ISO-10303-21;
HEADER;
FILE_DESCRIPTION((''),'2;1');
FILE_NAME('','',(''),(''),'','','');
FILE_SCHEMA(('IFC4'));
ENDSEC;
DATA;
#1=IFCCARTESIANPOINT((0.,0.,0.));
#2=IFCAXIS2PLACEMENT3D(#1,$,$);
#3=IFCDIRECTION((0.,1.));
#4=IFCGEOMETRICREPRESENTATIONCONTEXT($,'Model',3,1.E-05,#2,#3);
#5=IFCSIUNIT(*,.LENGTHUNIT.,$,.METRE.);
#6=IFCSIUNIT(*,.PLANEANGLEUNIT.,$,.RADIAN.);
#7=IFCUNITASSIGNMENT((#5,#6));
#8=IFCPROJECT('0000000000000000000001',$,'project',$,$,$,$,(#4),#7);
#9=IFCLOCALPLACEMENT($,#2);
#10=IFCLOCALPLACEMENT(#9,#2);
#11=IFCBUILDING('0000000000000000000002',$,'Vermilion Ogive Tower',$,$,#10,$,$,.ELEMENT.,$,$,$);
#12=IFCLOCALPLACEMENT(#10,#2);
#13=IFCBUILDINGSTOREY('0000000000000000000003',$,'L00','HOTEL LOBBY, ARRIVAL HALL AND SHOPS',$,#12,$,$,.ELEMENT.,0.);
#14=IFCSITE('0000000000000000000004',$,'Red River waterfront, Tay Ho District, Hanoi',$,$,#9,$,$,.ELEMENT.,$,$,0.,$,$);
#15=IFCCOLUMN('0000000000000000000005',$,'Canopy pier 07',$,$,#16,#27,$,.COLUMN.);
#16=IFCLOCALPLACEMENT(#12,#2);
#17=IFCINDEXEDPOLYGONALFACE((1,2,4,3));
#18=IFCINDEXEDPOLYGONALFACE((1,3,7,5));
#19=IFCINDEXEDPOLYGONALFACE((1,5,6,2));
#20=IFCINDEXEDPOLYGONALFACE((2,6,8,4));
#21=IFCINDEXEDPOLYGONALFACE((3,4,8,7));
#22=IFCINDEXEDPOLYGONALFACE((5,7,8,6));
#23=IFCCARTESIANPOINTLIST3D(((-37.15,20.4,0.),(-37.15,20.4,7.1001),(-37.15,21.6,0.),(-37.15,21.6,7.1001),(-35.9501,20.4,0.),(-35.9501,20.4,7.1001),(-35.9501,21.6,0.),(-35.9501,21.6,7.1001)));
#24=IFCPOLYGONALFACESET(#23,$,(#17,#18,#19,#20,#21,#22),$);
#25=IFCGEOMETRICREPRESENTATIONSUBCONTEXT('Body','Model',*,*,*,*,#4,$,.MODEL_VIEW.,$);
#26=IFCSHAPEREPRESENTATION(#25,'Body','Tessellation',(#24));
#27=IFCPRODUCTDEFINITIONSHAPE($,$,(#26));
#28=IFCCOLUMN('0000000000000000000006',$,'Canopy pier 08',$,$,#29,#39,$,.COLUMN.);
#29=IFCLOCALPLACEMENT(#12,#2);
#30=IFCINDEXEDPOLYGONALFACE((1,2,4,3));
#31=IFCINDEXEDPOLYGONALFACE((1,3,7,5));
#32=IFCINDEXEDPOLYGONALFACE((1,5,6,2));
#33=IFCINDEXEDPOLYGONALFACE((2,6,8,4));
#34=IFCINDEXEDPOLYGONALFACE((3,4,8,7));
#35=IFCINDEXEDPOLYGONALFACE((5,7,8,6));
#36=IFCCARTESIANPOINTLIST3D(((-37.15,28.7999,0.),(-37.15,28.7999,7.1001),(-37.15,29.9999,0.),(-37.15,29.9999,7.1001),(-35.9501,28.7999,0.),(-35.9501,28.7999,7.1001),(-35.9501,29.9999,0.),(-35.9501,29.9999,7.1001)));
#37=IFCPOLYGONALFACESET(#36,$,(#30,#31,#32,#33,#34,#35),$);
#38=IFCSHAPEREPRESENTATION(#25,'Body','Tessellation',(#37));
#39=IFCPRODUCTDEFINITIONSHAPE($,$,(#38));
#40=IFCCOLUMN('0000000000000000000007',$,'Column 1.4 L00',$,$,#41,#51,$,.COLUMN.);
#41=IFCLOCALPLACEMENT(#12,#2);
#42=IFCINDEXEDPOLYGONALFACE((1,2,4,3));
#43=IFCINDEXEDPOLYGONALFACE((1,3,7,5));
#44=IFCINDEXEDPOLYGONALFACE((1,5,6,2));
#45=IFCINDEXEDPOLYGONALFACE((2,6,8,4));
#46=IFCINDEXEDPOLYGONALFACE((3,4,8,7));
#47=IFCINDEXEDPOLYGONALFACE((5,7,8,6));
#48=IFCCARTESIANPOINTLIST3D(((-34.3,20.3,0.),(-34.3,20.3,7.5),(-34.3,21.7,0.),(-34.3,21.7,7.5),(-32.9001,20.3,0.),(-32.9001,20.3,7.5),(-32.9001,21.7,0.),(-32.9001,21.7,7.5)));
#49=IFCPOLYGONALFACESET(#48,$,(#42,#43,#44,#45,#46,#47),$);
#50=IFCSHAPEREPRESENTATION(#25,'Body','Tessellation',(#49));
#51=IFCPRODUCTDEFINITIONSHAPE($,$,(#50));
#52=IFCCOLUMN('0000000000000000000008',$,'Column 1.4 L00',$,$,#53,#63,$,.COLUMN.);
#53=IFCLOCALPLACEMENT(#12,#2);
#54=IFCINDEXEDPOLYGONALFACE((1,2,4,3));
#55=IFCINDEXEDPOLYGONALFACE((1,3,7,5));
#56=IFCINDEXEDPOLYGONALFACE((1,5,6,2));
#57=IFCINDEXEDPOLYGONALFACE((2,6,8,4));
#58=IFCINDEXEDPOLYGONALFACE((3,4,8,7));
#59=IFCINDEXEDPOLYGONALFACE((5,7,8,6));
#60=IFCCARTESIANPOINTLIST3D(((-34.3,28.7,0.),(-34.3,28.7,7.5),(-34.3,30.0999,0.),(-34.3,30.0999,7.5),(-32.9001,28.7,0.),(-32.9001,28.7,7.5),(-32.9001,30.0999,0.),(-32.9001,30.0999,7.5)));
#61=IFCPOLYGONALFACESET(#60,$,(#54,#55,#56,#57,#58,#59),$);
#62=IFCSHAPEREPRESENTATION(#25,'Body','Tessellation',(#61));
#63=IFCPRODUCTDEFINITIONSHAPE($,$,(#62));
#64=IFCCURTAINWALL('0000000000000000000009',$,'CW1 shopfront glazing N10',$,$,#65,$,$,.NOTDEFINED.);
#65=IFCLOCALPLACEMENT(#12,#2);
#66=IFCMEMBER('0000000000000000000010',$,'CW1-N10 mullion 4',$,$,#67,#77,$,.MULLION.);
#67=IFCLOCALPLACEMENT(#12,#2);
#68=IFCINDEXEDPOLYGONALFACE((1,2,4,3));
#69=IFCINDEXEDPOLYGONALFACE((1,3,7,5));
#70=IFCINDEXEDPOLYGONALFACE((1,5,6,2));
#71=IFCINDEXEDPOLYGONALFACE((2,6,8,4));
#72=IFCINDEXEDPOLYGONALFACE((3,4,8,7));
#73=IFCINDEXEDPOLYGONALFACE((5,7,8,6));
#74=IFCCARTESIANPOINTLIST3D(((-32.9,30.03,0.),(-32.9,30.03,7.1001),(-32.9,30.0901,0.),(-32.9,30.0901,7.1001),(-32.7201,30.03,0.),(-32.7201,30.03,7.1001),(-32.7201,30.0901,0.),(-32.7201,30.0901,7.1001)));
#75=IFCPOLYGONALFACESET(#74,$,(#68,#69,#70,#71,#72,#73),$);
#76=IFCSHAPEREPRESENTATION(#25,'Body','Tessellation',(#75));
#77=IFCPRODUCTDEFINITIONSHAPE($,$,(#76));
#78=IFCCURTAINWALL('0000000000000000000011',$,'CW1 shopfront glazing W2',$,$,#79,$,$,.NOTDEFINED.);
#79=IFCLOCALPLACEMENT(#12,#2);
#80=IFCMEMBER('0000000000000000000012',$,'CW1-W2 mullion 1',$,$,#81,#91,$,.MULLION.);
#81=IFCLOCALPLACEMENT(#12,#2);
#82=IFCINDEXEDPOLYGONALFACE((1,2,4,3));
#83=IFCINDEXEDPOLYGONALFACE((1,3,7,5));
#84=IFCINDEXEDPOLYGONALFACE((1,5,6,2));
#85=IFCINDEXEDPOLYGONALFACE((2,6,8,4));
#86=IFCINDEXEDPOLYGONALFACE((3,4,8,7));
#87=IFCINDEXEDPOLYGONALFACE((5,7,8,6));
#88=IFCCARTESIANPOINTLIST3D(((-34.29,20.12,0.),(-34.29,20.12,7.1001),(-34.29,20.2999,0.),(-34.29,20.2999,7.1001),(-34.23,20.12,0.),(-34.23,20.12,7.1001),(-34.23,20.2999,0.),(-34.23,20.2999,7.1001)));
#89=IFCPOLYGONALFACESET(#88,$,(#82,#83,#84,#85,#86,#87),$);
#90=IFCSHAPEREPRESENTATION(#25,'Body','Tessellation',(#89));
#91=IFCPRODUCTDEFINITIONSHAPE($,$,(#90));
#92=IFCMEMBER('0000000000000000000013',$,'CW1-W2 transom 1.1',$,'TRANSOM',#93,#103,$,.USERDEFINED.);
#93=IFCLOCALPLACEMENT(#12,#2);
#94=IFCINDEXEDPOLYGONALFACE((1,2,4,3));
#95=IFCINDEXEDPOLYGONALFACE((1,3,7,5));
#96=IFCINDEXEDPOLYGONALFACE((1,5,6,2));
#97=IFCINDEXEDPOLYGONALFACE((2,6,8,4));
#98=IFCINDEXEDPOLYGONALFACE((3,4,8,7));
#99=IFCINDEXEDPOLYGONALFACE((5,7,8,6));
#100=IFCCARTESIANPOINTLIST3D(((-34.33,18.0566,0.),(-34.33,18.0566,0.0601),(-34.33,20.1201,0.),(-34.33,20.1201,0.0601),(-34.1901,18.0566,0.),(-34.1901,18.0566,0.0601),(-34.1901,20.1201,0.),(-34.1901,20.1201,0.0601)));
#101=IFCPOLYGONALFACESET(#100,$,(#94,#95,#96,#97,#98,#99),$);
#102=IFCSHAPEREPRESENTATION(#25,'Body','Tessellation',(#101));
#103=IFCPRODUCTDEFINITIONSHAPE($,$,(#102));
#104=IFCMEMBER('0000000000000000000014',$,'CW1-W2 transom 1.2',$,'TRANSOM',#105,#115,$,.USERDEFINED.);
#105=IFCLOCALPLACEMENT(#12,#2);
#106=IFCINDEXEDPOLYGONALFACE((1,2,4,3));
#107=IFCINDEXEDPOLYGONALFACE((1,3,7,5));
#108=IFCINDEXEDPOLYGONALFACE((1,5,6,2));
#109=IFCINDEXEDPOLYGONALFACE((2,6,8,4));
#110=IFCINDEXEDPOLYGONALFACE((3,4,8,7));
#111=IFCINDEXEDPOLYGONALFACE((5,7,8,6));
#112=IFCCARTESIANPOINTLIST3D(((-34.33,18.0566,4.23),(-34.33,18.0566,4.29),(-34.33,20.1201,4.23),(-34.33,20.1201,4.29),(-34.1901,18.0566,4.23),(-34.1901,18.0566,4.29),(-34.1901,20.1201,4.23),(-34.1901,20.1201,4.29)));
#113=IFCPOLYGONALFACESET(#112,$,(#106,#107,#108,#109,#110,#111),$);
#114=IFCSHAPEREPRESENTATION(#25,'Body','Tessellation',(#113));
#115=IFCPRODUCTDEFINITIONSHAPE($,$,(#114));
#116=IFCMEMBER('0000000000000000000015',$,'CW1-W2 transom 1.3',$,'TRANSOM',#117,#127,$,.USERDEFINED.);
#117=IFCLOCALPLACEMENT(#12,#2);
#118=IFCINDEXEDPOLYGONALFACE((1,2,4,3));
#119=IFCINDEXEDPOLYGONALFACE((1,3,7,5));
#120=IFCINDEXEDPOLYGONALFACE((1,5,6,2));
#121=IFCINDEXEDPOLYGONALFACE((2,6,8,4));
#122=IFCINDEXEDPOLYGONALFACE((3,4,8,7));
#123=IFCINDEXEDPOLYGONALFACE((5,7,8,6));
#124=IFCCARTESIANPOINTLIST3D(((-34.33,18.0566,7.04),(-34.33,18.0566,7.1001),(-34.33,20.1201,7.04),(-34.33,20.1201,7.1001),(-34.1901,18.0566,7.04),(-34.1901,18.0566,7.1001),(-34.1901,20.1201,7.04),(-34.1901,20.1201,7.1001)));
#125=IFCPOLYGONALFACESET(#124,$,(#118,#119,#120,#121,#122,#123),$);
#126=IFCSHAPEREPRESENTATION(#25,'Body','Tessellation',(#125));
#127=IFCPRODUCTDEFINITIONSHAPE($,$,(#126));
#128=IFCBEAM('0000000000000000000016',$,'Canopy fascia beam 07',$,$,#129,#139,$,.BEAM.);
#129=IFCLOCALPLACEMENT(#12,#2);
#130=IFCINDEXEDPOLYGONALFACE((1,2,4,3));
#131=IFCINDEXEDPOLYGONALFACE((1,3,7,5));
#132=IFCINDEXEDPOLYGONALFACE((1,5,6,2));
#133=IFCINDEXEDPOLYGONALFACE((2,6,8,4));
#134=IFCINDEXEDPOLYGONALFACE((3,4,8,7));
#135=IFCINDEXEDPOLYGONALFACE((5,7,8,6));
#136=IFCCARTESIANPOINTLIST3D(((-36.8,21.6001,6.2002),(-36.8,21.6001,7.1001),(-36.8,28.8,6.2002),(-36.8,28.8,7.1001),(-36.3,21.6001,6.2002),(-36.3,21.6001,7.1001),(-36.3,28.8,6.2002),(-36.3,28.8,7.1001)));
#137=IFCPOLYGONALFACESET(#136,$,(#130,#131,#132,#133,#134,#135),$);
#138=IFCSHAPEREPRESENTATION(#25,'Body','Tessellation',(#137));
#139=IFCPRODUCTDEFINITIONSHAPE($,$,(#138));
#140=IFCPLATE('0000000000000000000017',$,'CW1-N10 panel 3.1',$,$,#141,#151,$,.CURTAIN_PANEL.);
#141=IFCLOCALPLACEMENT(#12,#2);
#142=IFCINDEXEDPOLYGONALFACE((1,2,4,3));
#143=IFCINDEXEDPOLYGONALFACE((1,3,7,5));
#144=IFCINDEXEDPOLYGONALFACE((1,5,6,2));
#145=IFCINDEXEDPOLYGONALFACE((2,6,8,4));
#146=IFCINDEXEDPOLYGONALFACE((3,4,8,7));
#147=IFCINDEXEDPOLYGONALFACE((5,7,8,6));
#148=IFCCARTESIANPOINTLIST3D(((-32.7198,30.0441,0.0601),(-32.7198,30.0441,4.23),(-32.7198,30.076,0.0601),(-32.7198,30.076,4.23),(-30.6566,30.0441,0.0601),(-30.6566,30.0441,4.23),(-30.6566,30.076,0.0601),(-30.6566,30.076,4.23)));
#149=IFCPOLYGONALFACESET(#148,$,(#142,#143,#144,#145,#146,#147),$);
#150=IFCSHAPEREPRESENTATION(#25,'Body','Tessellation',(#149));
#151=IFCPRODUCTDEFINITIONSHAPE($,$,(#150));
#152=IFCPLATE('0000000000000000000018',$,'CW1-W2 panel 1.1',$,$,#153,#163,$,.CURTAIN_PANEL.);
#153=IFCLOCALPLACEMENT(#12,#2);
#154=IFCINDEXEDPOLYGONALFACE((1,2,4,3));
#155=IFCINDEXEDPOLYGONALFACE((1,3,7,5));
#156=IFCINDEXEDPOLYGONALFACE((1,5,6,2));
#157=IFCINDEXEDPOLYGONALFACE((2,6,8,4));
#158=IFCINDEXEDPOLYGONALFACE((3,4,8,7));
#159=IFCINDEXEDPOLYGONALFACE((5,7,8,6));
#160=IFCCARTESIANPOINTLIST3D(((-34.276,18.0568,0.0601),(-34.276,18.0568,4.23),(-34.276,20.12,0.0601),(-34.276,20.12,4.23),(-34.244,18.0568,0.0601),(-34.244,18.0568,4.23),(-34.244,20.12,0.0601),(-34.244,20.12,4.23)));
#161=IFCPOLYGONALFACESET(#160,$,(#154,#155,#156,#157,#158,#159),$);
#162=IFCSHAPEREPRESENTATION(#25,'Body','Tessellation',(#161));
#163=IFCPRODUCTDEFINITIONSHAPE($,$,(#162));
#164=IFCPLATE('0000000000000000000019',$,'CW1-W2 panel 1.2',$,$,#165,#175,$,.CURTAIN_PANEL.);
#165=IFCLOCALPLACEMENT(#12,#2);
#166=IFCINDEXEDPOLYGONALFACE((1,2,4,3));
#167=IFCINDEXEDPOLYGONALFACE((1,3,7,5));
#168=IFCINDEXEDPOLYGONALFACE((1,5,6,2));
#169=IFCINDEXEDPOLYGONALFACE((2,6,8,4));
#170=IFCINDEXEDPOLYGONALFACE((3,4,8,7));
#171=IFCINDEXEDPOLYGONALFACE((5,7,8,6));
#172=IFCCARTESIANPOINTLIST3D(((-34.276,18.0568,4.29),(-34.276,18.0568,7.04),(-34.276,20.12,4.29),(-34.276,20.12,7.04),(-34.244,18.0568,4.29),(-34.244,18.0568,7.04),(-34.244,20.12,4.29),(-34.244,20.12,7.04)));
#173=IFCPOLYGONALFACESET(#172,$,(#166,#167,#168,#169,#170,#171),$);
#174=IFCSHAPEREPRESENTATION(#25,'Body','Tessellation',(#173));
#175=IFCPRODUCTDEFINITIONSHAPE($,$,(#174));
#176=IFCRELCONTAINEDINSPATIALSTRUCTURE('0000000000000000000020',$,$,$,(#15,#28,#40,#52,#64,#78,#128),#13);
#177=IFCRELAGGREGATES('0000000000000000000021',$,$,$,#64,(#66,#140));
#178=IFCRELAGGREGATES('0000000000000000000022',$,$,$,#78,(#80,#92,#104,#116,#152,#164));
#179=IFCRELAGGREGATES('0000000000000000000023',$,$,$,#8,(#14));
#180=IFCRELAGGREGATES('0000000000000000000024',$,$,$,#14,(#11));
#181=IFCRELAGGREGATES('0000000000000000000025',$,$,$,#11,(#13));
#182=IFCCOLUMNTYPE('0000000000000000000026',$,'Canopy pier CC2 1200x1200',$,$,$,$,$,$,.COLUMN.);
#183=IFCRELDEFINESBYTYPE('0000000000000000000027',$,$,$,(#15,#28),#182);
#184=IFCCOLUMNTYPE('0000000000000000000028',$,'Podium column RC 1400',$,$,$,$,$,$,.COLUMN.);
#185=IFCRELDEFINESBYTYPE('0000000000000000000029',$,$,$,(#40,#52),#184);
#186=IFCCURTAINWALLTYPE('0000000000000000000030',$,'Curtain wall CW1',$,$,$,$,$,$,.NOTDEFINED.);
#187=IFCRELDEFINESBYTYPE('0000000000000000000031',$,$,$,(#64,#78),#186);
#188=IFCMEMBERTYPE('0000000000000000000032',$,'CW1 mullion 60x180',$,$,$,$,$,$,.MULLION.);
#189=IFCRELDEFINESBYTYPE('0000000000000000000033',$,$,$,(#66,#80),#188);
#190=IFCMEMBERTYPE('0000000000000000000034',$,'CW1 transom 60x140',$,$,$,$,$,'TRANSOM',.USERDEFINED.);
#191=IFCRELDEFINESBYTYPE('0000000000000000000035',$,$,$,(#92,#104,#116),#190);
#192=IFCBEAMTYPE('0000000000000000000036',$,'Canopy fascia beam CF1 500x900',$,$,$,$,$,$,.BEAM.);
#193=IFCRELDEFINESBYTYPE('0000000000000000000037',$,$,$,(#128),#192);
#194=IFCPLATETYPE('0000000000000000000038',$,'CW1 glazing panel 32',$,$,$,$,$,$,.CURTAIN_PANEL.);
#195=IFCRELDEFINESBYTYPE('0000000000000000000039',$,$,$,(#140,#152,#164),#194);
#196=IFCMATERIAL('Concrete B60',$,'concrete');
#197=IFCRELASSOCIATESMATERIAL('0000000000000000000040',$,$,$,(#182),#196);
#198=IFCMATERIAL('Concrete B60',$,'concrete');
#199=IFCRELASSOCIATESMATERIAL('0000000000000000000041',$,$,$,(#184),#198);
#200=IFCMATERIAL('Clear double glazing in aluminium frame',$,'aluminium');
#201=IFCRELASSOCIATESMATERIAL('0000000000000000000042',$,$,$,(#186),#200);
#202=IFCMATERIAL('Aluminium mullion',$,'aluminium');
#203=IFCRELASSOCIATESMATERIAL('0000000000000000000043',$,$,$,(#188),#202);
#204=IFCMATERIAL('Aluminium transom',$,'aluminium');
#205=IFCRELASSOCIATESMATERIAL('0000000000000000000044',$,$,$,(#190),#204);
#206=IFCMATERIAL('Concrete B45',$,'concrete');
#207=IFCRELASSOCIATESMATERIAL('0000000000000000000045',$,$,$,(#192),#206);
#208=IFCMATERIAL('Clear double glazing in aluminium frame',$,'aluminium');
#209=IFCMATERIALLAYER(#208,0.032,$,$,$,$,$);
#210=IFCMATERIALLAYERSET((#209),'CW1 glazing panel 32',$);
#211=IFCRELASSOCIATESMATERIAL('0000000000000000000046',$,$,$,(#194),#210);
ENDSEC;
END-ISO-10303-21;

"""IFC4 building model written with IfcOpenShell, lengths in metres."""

from ifc_helpers import new_model, si_unit, direction, frame, origin, origin_2d, place, context, subcontext, project, spatial, rectangle, extrude, material, layer, layer_set, material_profile, profile_set, type_object, element, aggregate, save


model = new_model("IFC4")

# Units and contexts
model_context = context("Model", 3, precision=1e-05, world=origin(), true_north=direction((0.0, 1.0)))
body_context = subcontext(model_context, "Body", "Model", "MODEL_VIEW")
ifc_project = project(units=[si_unit("LENGTHUNIT", "METRE"), si_unit("PLANEANGLEUNIT", "RADIAN")], contexts=[model_context])

# Site, building, storey
site_placement = place(None, origin())
site = spatial("IfcSite", under=ifc_project, at=site_placement, Name="Red River waterfront, Tay Ho District, Hanoi", CompositionType="ELEMENT", RefElevation=0.0)
building_placement = place(site_placement, origin())
building = spatial("IfcBuilding", under=site, at=building_placement, Name="Vermilion Ogive Tower", CompositionType="ELEMENT")
storey_placement = place(building_placement, origin())
storey = spatial("IfcBuildingStorey", under=building, at=storey_placement, Name="L00", Description="HOTEL LOBBY, ARRIVAL HALL AND SHOPS", CompositionType="ELEMENT", Elevation=0.0)

# Columns
ifc_material_1 = material(Name="Concrete B60", Category="concrete")
ifc_material_profile_1 = material_profile(ifc_material_1, rectangle(XDim=1.2, YDim=1.2, at=origin_2d()), Name="RC 1200x1200")
ifc_profile_set_1 = profile_set([ifc_material_profile_1], Name="Concrete B60")
column_type_1 = type_object("IfcColumnType", Name="Canopy pier CC2 1200x1200", PredefinedType="COLUMN", material=ifc_profile_set_1)
for number, where, z_axis, x_axis, name in (
    (1, (-36.55, 21.0, 0.0), (0.0, 0.0, 1.0), (1.0, 0.0, 0.0), "Canopy pier 07"),
    (2, (-36.55, 29.3999, 0.0), (0.0, 0.0, 1.0), (1.0, 0.0, 0.0), "Canopy pier 08"),
):
    element("IfcColumn", number, at=place(storey_placement, frame(where, z_axis=z_axis, x_axis=x_axis)), inside=storey, type_object=column_type_1, Name=name, PredefinedType="COLUMN", context=body_context, shape_type="SweptSolid", body=[
        extrude(rectangle(XDim=1.2, YDim=1.2, at=origin_2d()), origin(), (0.0, 0.0, 1.0), 7.1001),
    ])
ifc_material_2 = material(Name="Concrete B60", Category="concrete")
ifc_material_profile_2 = material_profile(ifc_material_2, rectangle(XDim=1.3999, YDim=1.3999, at=origin_2d()), Name="RC 1400x1400")
ifc_profile_set_2 = profile_set([ifc_material_profile_2], Name="Concrete B60")
column_type_2 = type_object("IfcColumnType", Name="Podium column RC 1400", PredefinedType="COLUMN", material=ifc_profile_set_2)
for number, where, z_axis, x_axis, name in (
    (3, (-33.6001, 21.0, 0.0), (0.0, 0.0, 1.0), (1.0, 0.0, 0.0), "Column 1.4 L00"),
    (4, (-33.6001, 29.3999, 0.0), (0.0, 0.0, 1.0), (1.0, 0.0, 0.0), "Column 1.4 L00"),
):
    element("IfcColumn", number, at=place(storey_placement, frame(where, z_axis=z_axis, x_axis=x_axis)), inside=storey, type_object=column_type_2, Name=name, PredefinedType="COLUMN", context=body_context, shape_type="SweptSolid", body=[
        extrude(rectangle(XDim=1.3999, YDim=1.3999, at=origin_2d()), origin(), (0.0, 0.0, 1.0), 7.5),
    ])

# Curtain wall, member
ifc_material_3 = material(Name="Clear double glazing in aluminium frame", Category="aluminium")
curtain_wall_type = type_object("IfcCurtainWallType", Name="Curtain wall CW1", PredefinedType="NOTDEFINED", material=ifc_material_3)
curtain_wall_1_placement = place(storey_placement, origin())
curtain_wall_1 = element("IfcCurtainWall", 5, at=curtain_wall_1_placement, inside=storey, type_object=curtain_wall_type, Name="CW1 shopfront glazing N10", PredefinedType="NOTDEFINED")
ifc_material_4 = material(Name="Aluminium mullion", Category="aluminium")
ifc_material_profile_3 = material_profile(ifc_material_4, rectangle(XDim=0.0601, YDim=0.1799, at=origin_2d()), Name="AL 60x180")
ifc_profile_set_3 = profile_set([ifc_material_profile_3], Name="Aluminium mullion")
member_type_1 = type_object("IfcMemberType", Name="CW1 mullion 60x180", PredefinedType="MULLION", material=ifc_profile_set_3)
member_1_placement = place(storey_placement, frame((-32.8101, 30.0601, 0.0), z_axis=(0.0, 0.0, 1.0), x_axis=(0.0, -1.0, 0.0)))
member_1 = element("IfcMember", 6, at=member_1_placement, type_object=member_type_1, Name="CW1-N10 mullion 4", PredefinedType="MULLION", context=body_context, shape_type="SweptSolid", body=[
    extrude(rectangle(XDim=0.0601, YDim=0.1799, at=origin_2d()), origin(), (0.0, 0.0, 1.0), 7.1001),
])

# Curtain wall, members
curtain_wall_2_placement = place(storey_placement, origin())
curtain_wall_2 = element("IfcCurtainWall", 7, at=curtain_wall_2_placement, inside=storey, type_object=curtain_wall_type, Name="CW1 shopfront glazing W2", PredefinedType="NOTDEFINED")
member_2_placement = place(storey_placement, frame((-34.26, 20.21, 0.0), z_axis=(0.0, 0.0, 1.0), x_axis=(1.0, 0.0, 0.0)))
member_2 = element("IfcMember", 8, at=member_2_placement, type_object=member_type_1, Name="CW1-W2 mullion 1", PredefinedType="MULLION", context=body_context, shape_type="SweptSolid", body=[
    extrude(rectangle(XDim=0.0601, YDim=0.1799, at=origin_2d()), origin(), (0.0, 0.0, 1.0), 7.1001),
])
ifc_material_5 = material(Name="Aluminium transom", Category="aluminium")
ifc_material_profile_4 = material_profile(ifc_material_5, rectangle(XDim=0.1399, YDim=0.0601, at=origin_2d()), Name="AL 60x140")
ifc_profile_set_4 = profile_set([ifc_material_profile_4], Name="Aluminium transom")
member_type_2 = type_object("IfcMemberType", Name="CW1 transom 60x140", ElementType="TRANSOM", PredefinedType="USERDEFINED", material=ifc_profile_set_4)
member_3_placement = place(storey_placement, frame((-34.26, 20.1201, 0.03), z_axis=(0.0, -1.0, 0.0), x_axis=(1.0, 0.0, 0.0)))
member_3 = element("IfcMember", 9, at=member_3_placement, type_object=member_type_2, Name="CW1-W2 transom 1.1", ObjectType="TRANSOM", PredefinedType="USERDEFINED", context=body_context, shape_type="SweptSolid", body=[
    extrude(rectangle(XDim=0.1399, YDim=0.0601, at=origin_2d()), origin(), (0.0, 0.0, 1.0), 2.0635),
])
member_4_placement = place(storey_placement, frame((-34.26, 20.1201, 4.26), z_axis=(0.0, -1.0, 0.0), x_axis=(1.0, 0.0, 0.0)))
member_4 = element("IfcMember", 10, at=member_4_placement, type_object=member_type_2, Name="CW1-W2 transom 1.2", ObjectType="TRANSOM", PredefinedType="USERDEFINED", context=body_context, shape_type="SweptSolid", body=[
    extrude(rectangle(XDim=0.1399, YDim=0.0601, at=origin_2d()), origin(), (0.0, 0.0, 1.0), 2.0635),
])
member_5_placement = place(storey_placement, frame((-34.26, 20.1201, 7.0701), z_axis=(0.0, -1.0, 0.0), x_axis=(1.0, 0.0, 0.0)))
member_5 = element("IfcMember", 11, at=member_5_placement, type_object=member_type_2, Name="CW1-W2 transom 1.3", ObjectType="TRANSOM", PredefinedType="USERDEFINED", context=body_context, shape_type="SweptSolid", body=[
    extrude(rectangle(XDim=0.1399, YDim=0.0601, at=origin_2d()), origin(), (0.0, 0.0, 1.0), 2.0635),
])

# Beam
ifc_material_6 = material(Name="Concrete B45", Category="concrete")
ifc_material_profile_5 = material_profile(ifc_material_6, rectangle(XDim=0.5, YDim=0.8999, at=origin_2d()), Name="RC 500x900")
ifc_profile_set_5 = profile_set([ifc_material_profile_5], Name="Concrete B45")
beam_type = type_object("IfcBeamType", Name="Canopy fascia beam CF1 500x900", PredefinedType="BEAM", material=ifc_profile_set_5)
beam_placement = place(storey_placement, frame((-36.55, 21.6001, 6.6501), z_axis=(0.0, 1.0, 0.0), x_axis=(-1.0, 0.0, 0.0)))
element("IfcBeam", 12, at=beam_placement, inside=storey, type_object=beam_type, Name="Canopy fascia beam 07", PredefinedType="BEAM", context=body_context, shape_type="SweptSolid", body=[
    extrude(rectangle(XDim=0.5, YDim=0.8999, at=origin_2d()), origin(), (0.0, 0.0, 1.0), 7.2),
])

# Plates
ifc_material_7 = material(Name="Clear double glazing in aluminium frame", Category="aluminium")
ifc_layer_1 = layer(ifc_material_7, 0.032)
ifc_layer_set_1 = layer_set([ifc_layer_1], Name="CW1 glazing panel 32")
plate_type = type_object("IfcPlateType", Name="CW1 glazing panel 32", PredefinedType="CURTAIN_PANEL", material=ifc_layer_set_1)
plate_1_placement = place(storey_placement, frame((-31.6882, 30.0601, 0.0601), z_axis=(0.0, 0.0, 1.0), x_axis=(-1.0, 0.0, 0.0)))
plate_1 = element("IfcPlate", 13, at=plate_1_placement, type_object=plate_type, Name="CW1-N10 panel 3.1", PredefinedType="CURTAIN_PANEL", context=body_context, shape_type="SweptSolid", body=[
    extrude(rectangle(XDim=2.0632, YDim=0.032, at=origin_2d()), origin(), (0.0, 0.0, 1.0), 4.1699),
])
aggregate(curtain_wall_1, [member_1, plate_1])
plate_2_placement = place(storey_placement, frame((-34.26, 19.0884, 0.0601), z_axis=(0.0, 0.0, 1.0), x_axis=(0.0, -1.0, 0.0)))
plate_2 = element("IfcPlate", 14, at=plate_2_placement, type_object=plate_type, Name="CW1-W2 panel 1.1", PredefinedType="CURTAIN_PANEL", context=body_context, shape_type="SweptSolid", body=[
    extrude(rectangle(XDim=2.0632, YDim=0.032, at=origin_2d()), origin(), (0.0, 0.0, 1.0), 4.1699),
])
plate_3_placement = place(storey_placement, frame((-34.26, 19.0884, 4.29), z_axis=(0.0, 0.0, 1.0), x_axis=(0.0, -1.0, 0.0)))
plate_3 = element("IfcPlate", 15, at=plate_3_placement, type_object=plate_type, Name="CW1-W2 panel 1.2", PredefinedType="CURTAIN_PANEL", context=body_context, shape_type="SweptSolid", body=[
    extrude(rectangle(XDim=2.0632, YDim=0.032, at=origin_2d()), origin(), (0.0, 0.0, 1.0), 2.75),
])
aggregate(curtain_wall_2, [member_2, member_3, member_4, member_5, plate_2, plate_3])

save(model, "model.ifc")
